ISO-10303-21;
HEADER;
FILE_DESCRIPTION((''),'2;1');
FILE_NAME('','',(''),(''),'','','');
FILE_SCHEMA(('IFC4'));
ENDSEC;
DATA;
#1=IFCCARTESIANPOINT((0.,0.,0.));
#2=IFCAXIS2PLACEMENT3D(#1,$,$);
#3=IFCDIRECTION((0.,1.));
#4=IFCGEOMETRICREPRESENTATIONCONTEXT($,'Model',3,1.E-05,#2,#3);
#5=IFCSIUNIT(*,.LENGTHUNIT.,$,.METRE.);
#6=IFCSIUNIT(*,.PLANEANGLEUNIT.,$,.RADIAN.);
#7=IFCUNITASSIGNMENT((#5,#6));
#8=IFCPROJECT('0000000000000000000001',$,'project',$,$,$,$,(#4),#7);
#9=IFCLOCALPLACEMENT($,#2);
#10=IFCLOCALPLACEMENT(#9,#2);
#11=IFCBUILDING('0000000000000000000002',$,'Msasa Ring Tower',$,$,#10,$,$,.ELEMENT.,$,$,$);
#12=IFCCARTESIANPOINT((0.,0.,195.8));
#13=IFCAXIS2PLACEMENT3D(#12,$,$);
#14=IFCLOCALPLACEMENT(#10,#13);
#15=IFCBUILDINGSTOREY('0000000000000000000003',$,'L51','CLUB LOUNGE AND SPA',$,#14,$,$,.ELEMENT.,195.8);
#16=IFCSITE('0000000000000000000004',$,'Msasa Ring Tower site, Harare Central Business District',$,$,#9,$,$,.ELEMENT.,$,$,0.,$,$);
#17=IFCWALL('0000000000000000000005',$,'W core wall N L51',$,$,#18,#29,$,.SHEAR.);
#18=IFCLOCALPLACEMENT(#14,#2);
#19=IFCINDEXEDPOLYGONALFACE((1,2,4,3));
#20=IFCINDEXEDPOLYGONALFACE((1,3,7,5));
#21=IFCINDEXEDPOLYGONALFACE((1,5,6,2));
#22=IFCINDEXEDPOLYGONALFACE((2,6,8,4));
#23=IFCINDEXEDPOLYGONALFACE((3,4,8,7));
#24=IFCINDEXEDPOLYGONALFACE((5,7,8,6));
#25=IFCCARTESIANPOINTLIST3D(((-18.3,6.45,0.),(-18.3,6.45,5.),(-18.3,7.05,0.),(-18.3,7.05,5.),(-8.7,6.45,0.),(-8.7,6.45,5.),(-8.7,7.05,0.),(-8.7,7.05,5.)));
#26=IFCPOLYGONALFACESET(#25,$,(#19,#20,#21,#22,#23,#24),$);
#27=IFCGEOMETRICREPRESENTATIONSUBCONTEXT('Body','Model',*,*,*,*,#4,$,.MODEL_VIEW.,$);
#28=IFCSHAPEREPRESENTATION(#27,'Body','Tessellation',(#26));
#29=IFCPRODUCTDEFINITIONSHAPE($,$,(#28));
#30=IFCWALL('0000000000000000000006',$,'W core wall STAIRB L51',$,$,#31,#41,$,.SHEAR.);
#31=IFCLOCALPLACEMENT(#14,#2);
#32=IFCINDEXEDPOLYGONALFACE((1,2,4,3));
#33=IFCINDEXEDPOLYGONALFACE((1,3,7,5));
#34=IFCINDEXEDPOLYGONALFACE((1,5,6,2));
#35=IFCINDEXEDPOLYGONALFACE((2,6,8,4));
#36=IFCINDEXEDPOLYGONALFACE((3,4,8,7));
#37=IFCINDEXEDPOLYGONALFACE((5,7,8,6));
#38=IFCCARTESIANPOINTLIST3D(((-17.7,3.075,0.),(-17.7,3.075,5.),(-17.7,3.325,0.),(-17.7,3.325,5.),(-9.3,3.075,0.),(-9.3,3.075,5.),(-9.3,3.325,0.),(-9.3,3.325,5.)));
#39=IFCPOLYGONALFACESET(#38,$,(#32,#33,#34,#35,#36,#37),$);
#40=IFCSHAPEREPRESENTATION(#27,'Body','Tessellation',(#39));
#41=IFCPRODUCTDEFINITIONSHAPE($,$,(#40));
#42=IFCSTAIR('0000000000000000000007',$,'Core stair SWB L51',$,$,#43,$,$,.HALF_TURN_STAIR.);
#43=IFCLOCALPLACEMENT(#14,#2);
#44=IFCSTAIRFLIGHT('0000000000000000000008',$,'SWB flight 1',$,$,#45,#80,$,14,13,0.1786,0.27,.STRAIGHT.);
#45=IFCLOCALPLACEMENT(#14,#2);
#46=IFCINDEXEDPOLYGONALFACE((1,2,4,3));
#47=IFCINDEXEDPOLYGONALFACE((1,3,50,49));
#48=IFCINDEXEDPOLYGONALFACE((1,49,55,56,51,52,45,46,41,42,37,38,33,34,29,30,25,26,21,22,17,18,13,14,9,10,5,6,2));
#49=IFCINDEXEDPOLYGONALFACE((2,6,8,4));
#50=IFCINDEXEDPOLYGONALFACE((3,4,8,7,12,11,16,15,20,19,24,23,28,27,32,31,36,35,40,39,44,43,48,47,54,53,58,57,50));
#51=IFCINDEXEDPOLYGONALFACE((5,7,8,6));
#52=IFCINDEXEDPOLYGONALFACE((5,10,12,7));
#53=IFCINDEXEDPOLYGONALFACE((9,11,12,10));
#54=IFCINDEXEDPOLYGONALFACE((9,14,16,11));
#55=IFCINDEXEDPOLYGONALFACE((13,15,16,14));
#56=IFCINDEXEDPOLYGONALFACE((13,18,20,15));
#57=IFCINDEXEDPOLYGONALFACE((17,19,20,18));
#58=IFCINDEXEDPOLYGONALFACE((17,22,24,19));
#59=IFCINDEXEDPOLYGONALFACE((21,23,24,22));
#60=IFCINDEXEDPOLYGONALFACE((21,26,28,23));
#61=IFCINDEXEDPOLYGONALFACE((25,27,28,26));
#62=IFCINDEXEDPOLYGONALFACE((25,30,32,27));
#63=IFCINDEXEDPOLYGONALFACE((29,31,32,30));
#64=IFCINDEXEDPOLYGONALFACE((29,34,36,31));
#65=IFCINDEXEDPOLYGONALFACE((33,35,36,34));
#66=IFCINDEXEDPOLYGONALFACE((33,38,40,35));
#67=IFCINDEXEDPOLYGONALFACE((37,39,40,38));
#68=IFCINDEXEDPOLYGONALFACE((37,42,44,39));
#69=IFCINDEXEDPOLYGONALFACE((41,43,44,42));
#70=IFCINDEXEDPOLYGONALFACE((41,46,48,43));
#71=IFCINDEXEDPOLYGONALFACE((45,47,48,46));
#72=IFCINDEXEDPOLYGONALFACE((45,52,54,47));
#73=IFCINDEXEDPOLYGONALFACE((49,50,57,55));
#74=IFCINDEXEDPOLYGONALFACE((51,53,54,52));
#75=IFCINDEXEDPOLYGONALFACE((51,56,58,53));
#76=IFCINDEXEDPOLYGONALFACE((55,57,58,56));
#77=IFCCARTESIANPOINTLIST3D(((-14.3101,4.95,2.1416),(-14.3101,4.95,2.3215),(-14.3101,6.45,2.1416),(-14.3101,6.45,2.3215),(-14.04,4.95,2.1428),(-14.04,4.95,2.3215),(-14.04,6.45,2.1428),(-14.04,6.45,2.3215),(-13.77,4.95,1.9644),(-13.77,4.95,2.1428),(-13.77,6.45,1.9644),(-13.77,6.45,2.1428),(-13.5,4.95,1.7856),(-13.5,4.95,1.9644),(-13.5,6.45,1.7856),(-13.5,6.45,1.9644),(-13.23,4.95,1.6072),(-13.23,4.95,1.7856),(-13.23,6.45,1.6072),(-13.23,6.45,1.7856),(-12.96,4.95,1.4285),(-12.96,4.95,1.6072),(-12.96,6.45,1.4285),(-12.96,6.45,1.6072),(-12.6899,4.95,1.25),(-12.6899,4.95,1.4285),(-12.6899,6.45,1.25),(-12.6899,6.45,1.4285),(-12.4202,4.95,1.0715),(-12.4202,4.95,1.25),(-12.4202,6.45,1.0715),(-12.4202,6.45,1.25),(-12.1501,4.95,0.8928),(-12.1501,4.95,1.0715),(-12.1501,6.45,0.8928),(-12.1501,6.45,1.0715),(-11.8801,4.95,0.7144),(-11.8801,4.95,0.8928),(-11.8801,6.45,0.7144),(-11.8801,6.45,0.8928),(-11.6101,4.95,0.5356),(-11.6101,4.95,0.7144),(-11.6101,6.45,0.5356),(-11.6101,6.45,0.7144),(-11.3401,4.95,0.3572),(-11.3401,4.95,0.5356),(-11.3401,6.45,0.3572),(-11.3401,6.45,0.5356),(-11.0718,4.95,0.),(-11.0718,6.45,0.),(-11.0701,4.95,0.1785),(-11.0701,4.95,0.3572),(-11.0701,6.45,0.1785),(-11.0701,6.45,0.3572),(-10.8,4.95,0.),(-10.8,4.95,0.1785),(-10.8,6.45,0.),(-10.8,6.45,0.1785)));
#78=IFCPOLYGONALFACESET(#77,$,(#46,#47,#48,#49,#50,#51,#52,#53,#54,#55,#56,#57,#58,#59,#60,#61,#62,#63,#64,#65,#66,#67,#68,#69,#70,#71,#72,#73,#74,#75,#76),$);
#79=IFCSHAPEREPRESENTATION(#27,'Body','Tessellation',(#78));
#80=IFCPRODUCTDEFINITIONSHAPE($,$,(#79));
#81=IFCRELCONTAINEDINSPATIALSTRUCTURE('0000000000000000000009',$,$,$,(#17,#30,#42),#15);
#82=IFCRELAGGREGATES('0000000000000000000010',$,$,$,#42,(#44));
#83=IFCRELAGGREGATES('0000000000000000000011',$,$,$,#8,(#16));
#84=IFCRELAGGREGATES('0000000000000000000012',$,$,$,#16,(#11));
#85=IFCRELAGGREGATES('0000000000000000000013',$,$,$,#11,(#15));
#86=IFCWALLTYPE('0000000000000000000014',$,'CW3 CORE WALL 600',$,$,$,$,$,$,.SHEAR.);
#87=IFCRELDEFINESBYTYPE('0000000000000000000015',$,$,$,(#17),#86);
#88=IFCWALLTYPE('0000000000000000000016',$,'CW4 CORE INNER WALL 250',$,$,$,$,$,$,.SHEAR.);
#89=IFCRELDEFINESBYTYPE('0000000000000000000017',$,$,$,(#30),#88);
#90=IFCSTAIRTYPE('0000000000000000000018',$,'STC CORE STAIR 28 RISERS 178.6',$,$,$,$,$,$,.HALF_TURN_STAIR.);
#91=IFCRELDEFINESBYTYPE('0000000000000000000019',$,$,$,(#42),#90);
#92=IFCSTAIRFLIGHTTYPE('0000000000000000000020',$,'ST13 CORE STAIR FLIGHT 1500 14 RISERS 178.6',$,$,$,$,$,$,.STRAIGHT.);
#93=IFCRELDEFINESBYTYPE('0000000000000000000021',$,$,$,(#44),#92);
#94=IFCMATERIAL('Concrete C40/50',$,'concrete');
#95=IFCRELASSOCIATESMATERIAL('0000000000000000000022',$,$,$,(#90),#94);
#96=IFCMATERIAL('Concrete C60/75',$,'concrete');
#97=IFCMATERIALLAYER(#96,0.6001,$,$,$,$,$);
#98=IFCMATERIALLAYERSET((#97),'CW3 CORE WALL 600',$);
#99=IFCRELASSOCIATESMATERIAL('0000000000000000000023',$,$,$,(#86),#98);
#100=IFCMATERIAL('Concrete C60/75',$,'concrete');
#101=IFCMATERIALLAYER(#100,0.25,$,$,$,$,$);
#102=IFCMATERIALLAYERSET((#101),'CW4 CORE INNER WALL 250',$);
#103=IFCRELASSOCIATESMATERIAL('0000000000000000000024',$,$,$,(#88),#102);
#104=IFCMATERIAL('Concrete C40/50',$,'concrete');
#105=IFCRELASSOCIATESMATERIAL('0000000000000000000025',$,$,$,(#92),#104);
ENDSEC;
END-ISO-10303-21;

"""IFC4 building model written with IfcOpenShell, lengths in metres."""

from ifc_helpers import new_model, si_unit, direction, frame, frame_2d, origin, place, context, subcontext, project, spatial, polyline, rectangle, outline, extrude, material, layer, layer_set, type_object, element, aggregate, save


model = new_model("IFC4")

# Units and contexts
model_context = context("Model", 3, precision=1e-05, world=origin(), true_north=direction((0.0, 1.0)))
body_context = subcontext(model_context, "Body", "Model", "MODEL_VIEW")
ifc_project = project(units=[si_unit("LENGTHUNIT", "METRE"), si_unit("PLANEANGLEUNIT", "RADIAN")], contexts=[model_context])

# Site, building, storey
site_placement = place(None, origin())
site = spatial("IfcSite", under=ifc_project, at=site_placement, Name="Msasa Ring Tower site, Harare Central Business District", CompositionType="ELEMENT", RefElevation=0.0)
building_placement = place(site_placement, origin())
building = spatial("IfcBuilding", under=site, at=building_placement, Name="Msasa Ring Tower", CompositionType="ELEMENT")
storey_placement = place(building_placement, frame((0.0, 0.0, 195.8)))
storey = spatial("IfcBuildingStorey", under=building, at=storey_placement, Name="L51", Description="CLUB LOUNGE AND SPA", CompositionType="ELEMENT", Elevation=195.8)

# Shared definitions
ifc_material_1 = material(Name="Concrete C40/50", Category="concrete")
stair_type = type_object("IfcStairType", Name="STC CORE STAIR 28 RISERS 178.6", PredefinedType="HALF_TURN_STAIR", material=ifc_material_1)

# Walls
ifc_material_2 = material(Name="Concrete C60/75", Category="concrete")
ifc_layer_1 = layer(ifc_material_2, 0.6001)
ifc_layer_set_1 = layer_set([ifc_layer_1], Name="CW3 CORE WALL 600")
wall_type_1 = type_object("IfcWallType", Name="CW3 CORE WALL 600", PredefinedType="SHEAR", material=ifc_layer_set_1)
wall_1_placement = place(storey_placement, frame((-8.7, 6.75, 0.0), z_axis=(0.0, 0.0, 1.0), x_axis=(-1.0, 0.0, 0.0)))
element("IfcWall", 1, at=wall_1_placement, inside=storey, type_object=wall_type_1, Name="W core wall N L51", PredefinedType="SHEAR", context=body_context, shape_type="SweptSolid", body=[
    extrude(rectangle(XDim=9.6001, YDim=0.6001, at=frame_2d((4.8, 0.0))), origin(), (0.0, 0.0, 1.0), 5.0),
])
ifc_material_3 = material(Name="Concrete C60/75", Category="concrete")
ifc_layer_2 = layer(ifc_material_3, 0.25)
ifc_layer_set_2 = layer_set([ifc_layer_2], Name="CW4 CORE INNER WALL 250")
wall_type_2 = type_object("IfcWallType", Name="CW4 CORE INNER WALL 250", PredefinedType="SHEAR", material=ifc_layer_set_2)
wall_2_placement = place(storey_placement, frame((-9.3, 3.2, 0.0), z_axis=(0.0, 0.0, 1.0), x_axis=(-1.0, 0.0, 0.0)))
element("IfcWall", 2, at=wall_2_placement, inside=storey, type_object=wall_type_2, Name="W core wall STAIRB L51", PredefinedType="SHEAR", context=body_context, shape_type="SweptSolid", body=[
    extrude(rectangle(XDim=8.3999, YDim=0.25, at=frame_2d((4.2, 0.0))), origin(), (0.0, 0.0, 1.0), 5.0),
])

# Stair, stair flight
stair_1_placement = place(storey_placement, origin())
stair_1 = element("IfcStair", 3, at=stair_1_placement, inside=storey, type_object=stair_type, Name="Core stair SWB L51", PredefinedType="HALF_TURN_STAIR")
ifc_material_4 = material(Name="Concrete C40/50", Category="concrete")
stair_flight_type = type_object("IfcStairFlightType", Name="ST13 CORE STAIR FLIGHT 1500 14 RISERS 178.6", PredefinedType="STRAIGHT", material=ifc_material_4)
stair_flight_placement = place(storey_placement, frame((-10.8, 5.7, 0.0), z_axis=(0.0, 0.0, 1.0), x_axis=(-1.0, 0.0, 0.0)))
stair_flight = element("IfcStairFlight", 4, at=stair_flight_placement, type_object=stair_flight_type, Name="SWB flight 1", NumberOfRisers=14, NumberOfTreads=13, PredefinedType="STRAIGHT", RiserHeight=0.1786, TreadLength=0.27, context=body_context, shape_type="SweptSolid", body=[
    extrude(outline(polyline([(0.0, 0.0), (0.0, 0.1785), (0.27, 0.1785), (0.27, 0.3572), (0.54, 0.3572), (0.54, 0.5356), (0.8101, 0.5356), (0.8101, 0.7144), (1.0801, 0.7144), (1.0801, 0.8928), (1.3501, 0.8928), (1.3501, 1.0715), (1.6201, 1.0715), (1.6201, 1.25), (1.8899, 1.25), (1.8899, 1.4285), (2.1599, 1.4285), (2.1599, 1.6072), (2.4299, 1.6072), (2.4299, 1.7856), (2.7, 1.7856), (2.7, 1.9644), (2.97, 1.9644), (2.97, 2.1428), (3.24, 2.1428), (3.24, 2.3215), (3.51, 2.3215), (3.51, 2.5), (3.51, 2.1416), (0.2717, 0.0), (0.0, 0.0)])), frame((0.0, 0.75, 0.0), z_axis=(0.0, -1.0, 0.0), x_axis=(1.0, 0.0, 0.0)), (0.0, 0.0, 1.0), 1.5),
])
aggregate(stair_1, [stair_flight])

save(model, "model.ifc")
